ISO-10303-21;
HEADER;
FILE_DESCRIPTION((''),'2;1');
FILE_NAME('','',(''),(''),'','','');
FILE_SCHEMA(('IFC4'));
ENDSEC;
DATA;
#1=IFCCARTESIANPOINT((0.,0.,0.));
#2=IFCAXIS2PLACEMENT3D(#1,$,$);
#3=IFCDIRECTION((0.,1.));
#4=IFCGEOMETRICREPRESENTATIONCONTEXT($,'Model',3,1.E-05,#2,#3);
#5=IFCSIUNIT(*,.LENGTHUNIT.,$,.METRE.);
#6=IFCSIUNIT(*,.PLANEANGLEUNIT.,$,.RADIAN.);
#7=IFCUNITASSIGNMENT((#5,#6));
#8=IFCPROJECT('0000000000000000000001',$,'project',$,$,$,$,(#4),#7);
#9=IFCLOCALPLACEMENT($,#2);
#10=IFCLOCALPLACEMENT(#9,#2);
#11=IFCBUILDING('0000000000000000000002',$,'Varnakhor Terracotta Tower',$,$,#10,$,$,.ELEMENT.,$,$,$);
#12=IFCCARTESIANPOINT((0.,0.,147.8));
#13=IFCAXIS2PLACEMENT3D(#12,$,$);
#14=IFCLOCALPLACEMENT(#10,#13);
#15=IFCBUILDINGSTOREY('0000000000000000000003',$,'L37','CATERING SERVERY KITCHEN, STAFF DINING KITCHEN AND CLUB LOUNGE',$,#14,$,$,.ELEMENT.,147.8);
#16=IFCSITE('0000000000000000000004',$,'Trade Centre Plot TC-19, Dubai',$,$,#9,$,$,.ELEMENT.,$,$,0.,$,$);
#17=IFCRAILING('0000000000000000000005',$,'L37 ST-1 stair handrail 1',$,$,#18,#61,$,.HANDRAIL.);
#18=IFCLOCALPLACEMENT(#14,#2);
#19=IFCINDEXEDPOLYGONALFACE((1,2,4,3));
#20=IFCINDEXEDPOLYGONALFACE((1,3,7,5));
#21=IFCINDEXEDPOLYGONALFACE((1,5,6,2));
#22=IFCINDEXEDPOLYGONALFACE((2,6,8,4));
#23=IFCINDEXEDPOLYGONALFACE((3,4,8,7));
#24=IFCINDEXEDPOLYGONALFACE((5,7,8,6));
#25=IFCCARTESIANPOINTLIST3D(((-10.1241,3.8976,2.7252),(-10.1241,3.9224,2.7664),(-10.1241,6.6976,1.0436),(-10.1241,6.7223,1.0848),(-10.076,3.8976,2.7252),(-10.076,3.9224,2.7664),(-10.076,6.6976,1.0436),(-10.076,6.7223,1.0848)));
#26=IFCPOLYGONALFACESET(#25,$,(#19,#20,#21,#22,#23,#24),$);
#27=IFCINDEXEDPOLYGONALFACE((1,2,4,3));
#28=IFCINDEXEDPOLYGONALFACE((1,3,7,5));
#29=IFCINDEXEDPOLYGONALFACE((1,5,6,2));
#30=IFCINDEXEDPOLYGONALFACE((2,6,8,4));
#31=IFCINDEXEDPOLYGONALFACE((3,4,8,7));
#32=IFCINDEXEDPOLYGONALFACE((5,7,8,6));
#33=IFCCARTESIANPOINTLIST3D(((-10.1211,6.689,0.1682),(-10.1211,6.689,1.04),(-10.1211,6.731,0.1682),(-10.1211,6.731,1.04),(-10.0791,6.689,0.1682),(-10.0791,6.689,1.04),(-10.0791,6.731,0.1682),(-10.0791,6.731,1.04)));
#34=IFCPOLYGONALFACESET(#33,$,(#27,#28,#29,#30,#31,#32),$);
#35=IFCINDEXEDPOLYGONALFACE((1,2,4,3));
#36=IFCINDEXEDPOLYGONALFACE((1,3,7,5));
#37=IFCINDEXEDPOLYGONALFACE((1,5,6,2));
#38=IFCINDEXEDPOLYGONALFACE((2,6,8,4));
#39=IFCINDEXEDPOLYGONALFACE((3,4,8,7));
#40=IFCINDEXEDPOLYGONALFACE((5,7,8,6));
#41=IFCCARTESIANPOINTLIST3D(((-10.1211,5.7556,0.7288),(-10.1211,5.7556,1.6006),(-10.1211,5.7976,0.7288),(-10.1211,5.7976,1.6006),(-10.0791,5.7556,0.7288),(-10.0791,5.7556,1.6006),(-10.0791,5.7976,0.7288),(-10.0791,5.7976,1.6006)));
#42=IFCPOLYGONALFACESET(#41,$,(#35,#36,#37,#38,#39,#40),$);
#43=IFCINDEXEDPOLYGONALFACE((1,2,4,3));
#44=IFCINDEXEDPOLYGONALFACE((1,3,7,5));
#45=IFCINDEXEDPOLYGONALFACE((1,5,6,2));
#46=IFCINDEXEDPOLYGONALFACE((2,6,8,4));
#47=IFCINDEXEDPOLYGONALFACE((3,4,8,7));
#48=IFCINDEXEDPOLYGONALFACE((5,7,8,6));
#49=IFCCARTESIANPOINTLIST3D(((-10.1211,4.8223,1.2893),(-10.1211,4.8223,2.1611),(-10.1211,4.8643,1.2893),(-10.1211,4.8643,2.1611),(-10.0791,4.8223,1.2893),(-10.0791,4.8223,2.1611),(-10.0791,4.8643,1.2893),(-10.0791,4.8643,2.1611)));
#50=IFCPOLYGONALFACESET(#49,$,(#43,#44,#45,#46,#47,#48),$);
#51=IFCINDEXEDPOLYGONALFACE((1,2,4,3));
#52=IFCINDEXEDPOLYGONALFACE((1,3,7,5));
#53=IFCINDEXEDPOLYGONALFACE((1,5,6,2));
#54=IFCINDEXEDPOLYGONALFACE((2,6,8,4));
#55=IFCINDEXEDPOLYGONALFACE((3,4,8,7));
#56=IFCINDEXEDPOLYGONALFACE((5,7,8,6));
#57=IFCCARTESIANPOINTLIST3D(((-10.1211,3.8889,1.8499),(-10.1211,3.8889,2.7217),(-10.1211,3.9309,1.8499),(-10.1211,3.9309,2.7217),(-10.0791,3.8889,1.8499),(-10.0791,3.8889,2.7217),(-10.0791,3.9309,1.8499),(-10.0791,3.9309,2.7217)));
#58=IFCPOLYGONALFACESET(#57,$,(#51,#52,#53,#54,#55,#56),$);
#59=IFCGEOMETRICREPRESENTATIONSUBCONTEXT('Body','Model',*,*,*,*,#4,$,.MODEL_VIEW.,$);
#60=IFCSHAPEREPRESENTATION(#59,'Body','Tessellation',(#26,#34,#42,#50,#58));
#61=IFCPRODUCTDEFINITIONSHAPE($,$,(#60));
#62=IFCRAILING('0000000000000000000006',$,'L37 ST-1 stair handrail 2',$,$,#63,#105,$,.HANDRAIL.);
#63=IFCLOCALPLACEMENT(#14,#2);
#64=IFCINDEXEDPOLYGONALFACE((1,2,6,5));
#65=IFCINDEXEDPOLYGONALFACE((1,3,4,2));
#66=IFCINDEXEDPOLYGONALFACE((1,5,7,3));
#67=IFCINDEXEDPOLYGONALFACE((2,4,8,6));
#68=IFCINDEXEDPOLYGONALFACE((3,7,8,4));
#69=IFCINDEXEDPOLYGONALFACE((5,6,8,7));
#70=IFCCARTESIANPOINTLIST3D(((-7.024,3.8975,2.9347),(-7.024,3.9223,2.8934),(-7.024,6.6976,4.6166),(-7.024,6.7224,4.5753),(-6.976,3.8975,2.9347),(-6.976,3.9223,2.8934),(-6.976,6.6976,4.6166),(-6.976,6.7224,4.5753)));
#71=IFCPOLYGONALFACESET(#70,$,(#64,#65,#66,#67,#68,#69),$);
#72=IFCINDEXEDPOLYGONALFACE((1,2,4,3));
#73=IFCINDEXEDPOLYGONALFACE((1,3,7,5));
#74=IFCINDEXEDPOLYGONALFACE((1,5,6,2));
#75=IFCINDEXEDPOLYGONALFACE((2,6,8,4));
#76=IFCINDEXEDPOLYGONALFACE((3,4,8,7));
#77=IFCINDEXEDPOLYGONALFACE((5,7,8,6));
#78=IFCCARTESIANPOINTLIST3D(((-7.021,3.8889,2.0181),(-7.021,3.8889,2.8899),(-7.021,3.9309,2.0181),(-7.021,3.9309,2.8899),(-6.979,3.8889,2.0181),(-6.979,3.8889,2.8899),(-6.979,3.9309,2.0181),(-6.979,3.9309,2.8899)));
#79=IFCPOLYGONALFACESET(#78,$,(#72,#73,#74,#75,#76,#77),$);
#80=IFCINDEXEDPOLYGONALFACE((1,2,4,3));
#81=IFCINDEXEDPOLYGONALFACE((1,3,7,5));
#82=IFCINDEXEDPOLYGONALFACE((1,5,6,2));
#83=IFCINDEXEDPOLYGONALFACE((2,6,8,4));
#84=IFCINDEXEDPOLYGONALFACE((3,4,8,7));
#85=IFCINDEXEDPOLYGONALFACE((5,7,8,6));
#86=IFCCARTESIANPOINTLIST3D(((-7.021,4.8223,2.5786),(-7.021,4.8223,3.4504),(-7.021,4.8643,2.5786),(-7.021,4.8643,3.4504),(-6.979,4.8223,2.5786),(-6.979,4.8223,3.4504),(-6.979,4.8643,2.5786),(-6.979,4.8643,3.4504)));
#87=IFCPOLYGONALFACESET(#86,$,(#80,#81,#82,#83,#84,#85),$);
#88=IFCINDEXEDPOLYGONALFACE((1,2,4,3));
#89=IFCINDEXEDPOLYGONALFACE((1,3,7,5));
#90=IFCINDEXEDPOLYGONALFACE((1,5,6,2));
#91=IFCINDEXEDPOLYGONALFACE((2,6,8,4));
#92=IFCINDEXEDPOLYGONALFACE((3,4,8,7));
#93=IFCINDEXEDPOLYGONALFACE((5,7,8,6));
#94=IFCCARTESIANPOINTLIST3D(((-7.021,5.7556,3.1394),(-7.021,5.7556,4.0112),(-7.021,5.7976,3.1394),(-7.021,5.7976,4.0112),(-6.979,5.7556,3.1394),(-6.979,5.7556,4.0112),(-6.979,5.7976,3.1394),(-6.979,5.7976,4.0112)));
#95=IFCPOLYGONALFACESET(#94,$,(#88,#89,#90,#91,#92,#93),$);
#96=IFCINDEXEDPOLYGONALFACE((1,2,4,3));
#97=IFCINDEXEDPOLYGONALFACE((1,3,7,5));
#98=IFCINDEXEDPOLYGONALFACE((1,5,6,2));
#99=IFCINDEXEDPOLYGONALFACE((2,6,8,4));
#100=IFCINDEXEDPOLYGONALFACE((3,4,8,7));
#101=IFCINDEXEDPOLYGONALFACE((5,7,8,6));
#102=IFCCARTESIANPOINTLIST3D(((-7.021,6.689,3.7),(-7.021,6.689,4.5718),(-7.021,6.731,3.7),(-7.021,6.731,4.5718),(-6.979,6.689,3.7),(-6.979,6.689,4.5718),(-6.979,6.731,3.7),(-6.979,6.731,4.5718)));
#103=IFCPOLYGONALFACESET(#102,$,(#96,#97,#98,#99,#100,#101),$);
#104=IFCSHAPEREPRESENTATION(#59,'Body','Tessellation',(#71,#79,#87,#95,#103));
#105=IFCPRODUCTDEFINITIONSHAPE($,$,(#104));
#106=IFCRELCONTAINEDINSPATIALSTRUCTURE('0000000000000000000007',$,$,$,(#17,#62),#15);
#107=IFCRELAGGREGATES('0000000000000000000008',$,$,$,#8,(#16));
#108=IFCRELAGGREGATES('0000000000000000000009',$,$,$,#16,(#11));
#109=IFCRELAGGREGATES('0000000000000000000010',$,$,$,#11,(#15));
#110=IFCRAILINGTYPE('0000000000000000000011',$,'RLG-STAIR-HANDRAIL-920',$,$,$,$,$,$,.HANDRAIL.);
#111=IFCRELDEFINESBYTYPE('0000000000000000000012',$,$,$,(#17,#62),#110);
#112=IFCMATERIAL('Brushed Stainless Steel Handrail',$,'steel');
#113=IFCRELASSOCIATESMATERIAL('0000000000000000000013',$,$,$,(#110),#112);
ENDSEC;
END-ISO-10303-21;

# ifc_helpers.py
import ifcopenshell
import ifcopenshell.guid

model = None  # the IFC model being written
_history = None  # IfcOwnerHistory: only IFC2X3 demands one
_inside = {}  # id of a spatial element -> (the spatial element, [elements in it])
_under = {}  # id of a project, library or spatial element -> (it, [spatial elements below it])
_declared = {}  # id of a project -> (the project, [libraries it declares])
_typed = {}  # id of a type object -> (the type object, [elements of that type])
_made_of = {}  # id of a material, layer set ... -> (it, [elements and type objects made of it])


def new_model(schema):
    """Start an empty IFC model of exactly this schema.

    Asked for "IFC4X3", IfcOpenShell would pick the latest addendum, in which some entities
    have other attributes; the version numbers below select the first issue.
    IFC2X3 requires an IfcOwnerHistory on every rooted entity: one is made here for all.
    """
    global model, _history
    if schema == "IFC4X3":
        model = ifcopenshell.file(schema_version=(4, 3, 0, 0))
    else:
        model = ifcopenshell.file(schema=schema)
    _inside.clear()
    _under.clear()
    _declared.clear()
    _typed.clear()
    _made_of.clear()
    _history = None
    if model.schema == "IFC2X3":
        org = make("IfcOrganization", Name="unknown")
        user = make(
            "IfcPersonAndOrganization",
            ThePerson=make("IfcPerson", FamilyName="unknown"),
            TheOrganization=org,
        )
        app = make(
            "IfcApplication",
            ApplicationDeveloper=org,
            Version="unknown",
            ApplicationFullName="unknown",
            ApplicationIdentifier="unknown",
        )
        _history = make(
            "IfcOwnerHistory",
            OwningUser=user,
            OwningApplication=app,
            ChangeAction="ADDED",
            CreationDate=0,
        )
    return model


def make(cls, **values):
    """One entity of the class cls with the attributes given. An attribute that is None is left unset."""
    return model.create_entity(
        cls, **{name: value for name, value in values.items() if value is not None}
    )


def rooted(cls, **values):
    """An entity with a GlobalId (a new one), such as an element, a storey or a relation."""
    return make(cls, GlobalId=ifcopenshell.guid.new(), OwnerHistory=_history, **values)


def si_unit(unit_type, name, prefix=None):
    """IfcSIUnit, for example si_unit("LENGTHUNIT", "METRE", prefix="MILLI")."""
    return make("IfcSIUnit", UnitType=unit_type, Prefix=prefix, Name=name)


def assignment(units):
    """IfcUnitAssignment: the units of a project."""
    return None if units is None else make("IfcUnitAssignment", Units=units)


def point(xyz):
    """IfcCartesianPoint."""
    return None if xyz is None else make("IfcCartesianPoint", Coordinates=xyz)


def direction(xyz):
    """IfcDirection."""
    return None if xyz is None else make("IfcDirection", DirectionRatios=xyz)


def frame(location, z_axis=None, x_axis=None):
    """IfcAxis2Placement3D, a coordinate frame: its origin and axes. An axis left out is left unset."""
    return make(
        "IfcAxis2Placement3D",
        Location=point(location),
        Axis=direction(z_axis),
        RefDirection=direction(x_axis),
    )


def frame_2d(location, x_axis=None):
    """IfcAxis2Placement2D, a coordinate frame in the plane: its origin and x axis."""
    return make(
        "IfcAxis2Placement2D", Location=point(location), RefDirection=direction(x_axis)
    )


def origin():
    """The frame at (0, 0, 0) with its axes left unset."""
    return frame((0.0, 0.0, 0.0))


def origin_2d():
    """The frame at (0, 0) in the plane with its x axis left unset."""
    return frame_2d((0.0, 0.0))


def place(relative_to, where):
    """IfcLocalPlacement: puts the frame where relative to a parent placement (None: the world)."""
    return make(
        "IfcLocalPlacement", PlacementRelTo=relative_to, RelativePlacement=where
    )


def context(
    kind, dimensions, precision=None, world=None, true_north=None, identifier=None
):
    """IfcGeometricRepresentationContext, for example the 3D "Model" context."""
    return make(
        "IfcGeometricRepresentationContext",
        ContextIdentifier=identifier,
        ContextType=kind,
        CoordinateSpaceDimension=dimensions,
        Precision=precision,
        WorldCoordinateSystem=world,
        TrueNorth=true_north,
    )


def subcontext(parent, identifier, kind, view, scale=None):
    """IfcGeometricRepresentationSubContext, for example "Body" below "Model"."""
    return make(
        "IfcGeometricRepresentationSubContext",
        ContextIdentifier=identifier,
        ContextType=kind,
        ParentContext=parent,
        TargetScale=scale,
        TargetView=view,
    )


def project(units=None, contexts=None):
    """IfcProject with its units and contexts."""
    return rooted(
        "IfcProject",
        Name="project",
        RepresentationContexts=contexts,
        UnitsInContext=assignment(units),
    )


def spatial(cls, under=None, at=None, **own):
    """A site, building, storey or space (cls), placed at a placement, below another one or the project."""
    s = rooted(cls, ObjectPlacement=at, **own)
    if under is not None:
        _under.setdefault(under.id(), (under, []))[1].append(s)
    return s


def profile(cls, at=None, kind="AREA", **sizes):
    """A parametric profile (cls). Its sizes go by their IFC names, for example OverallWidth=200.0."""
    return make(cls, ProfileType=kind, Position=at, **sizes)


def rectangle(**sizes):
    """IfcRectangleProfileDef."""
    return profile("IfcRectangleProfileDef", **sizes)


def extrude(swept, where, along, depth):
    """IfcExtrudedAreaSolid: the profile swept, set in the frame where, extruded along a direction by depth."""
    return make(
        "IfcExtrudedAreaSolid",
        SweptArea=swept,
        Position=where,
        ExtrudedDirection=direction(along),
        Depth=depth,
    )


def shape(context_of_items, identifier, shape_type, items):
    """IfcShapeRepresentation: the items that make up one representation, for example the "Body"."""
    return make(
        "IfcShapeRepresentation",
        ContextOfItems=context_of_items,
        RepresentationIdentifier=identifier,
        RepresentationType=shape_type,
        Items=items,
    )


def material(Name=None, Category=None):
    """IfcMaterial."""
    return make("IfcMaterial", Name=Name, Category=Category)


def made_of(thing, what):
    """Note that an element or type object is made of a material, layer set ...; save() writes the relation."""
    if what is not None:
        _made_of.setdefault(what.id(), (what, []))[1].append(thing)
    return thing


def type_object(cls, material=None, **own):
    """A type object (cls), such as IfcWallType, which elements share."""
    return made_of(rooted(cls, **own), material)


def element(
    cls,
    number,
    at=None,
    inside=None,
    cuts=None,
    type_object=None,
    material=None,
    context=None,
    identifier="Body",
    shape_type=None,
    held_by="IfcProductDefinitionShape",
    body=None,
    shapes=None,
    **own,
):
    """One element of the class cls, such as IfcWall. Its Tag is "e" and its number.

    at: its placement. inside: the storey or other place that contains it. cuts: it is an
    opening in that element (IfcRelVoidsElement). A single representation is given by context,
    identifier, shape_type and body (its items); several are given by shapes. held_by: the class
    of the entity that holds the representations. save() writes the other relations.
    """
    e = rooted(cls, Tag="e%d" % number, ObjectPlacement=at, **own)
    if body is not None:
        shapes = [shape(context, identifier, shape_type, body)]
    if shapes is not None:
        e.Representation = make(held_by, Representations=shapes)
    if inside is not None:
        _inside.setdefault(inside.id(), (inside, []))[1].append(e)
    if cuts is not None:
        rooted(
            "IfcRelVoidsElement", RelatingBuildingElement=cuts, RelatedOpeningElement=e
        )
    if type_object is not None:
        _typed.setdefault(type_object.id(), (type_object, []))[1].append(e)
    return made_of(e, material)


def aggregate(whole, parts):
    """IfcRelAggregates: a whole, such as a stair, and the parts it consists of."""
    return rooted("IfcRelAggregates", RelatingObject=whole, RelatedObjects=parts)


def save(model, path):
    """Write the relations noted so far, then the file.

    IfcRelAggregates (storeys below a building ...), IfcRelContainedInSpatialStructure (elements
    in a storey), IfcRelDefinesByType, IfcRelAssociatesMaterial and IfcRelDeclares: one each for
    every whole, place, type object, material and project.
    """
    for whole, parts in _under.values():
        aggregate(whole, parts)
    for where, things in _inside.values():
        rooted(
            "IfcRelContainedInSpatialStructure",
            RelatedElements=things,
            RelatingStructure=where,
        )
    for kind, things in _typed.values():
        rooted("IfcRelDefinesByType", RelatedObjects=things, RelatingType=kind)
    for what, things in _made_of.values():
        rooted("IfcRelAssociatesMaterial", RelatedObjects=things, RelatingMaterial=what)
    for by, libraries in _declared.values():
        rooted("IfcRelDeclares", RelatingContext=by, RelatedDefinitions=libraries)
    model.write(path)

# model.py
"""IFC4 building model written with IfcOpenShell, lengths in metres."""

from ifc_helpers import new_model, si_unit, direction, frame, origin, origin_2d, place, context, subcontext, project, spatial, rectangle, extrude, material, type_object, element, save


model = new_model("IFC4")

# Units and contexts
model_context = context("Model", 3, precision=1e-05, world=origin(), true_north=direction((0.0, 1.0)))
body_context = subcontext(model_context, "Body", "Model", "MODEL_VIEW")
ifc_project = project(units=[si_unit("LENGTHUNIT", "METRE"), si_unit("PLANEANGLEUNIT", "RADIAN")], contexts=[model_context])

# Site, building, storey
site_placement = place(None, origin())
site = spatial("IfcSite", under=ifc_project, at=site_placement, Name="Trade Centre Plot TC-19, Dubai", CompositionType="ELEMENT", RefElevation=0.0)
building_placement = place(site_placement, origin())
building = spatial("IfcBuilding", under=site, at=building_placement, Name="Varnakhor Terracotta Tower", CompositionType="ELEMENT")
storey_placement = place(building_placement, frame((0.0, 0.0, 147.8)))
storey = spatial("IfcBuildingStorey", under=building, at=storey_placement, Name="L37", Description="CATERING SERVERY KITCHEN, STAFF DINING KITCHEN AND CLUB LOUNGE", CompositionType="ELEMENT", Elevation=147.8)

# Railings
ifc_material_1 = material(Name="Brushed Stainless Steel Handrail", Category="steel")
railing_type_1 = type_object("IfcRailingType", Name="RLG-STAIR-HANDRAIL-920", PredefinedType="HANDRAIL", material=ifc_material_1)
railing_1_placement = place(storey_placement, frame((-10.1001, 6.71, 0.1682)))
element("IfcRailing", 1, at=railing_1_placement, inside=storey, type_object=railing_type_1, Name="L37 ST-1 stair handrail 1", PredefinedType="HANDRAIL", context=body_context, shape_type="SweptSolid", body=[
    extrude(rectangle(XDim=0.0481, YDim=0.0481, at=origin_2d()), frame((0.0, 0.0, 0.896), z_axis=(0.0, -0.857275, 0.514858), x_axis=(1.0, 0.0, 0.0)), (0.0, 0.0, 1.0), 3.2661),
    extrude(rectangle(XDim=0.042, YDim=0.042, at=origin_2d()), origin(), (0.0, 0.0, 1.0), 0.8718),
    extrude(rectangle(XDim=0.042, YDim=0.042, at=origin_2d()), frame((0.0, -0.9333, 0.5605)), (0.0, 0.0, 1.0), 0.8718),
    extrude(rectangle(XDim=0.042, YDim=0.042, at=origin_2d()), frame((0.0, -1.8667, 1.1211)), (0.0, 0.0, 1.0), 0.8718),
    extrude(rectangle(XDim=0.042, YDim=0.042, at=origin_2d()), frame((0.0, -2.8, 1.6816)), (0.0, 0.0, 1.0), 0.8718),
])
railing_2_placement = place(storey_placement, frame((-7.0, 3.9099, 2.0181)))
element("IfcRailing", 2, at=railing_2_placement, inside=storey, type_object=railing_type_1, Name="L37 ST-1 stair handrail 2", PredefinedType="HANDRAIL", context=body_context, shape_type="SweptSolid", body=[
    extrude(rectangle(XDim=0.0481, YDim=0.0481, at=origin_2d()), frame((0.0, 0.0, 0.896), z_axis=(0.0, 0.857242, 0.514913), x_axis=(-1.0, 0.0, 0.0)), (0.0, 0.0, 1.0), 3.2664),
    extrude(rectangle(XDim=0.042, YDim=0.042, at=origin_2d()), origin(), (0.0, 0.0, 1.0), 0.8718),
    extrude(rectangle(XDim=0.042, YDim=0.042, at=origin_2d()), frame((0.0, 0.9333, 0.5605)), (0.0, 0.0, 1.0), 0.8718),
    extrude(rectangle(XDim=0.042, YDim=0.042, at=origin_2d()), frame((0.0, 1.8667, 1.1213)), (0.0, 0.0, 1.0), 0.8718),
    extrude(rectangle(XDim=0.042, YDim=0.042, at=origin_2d()), frame((0.0, 2.8, 1.6819)), (0.0, 0.0, 1.0), 0.8718),
])

save(model, "model.ifc")
